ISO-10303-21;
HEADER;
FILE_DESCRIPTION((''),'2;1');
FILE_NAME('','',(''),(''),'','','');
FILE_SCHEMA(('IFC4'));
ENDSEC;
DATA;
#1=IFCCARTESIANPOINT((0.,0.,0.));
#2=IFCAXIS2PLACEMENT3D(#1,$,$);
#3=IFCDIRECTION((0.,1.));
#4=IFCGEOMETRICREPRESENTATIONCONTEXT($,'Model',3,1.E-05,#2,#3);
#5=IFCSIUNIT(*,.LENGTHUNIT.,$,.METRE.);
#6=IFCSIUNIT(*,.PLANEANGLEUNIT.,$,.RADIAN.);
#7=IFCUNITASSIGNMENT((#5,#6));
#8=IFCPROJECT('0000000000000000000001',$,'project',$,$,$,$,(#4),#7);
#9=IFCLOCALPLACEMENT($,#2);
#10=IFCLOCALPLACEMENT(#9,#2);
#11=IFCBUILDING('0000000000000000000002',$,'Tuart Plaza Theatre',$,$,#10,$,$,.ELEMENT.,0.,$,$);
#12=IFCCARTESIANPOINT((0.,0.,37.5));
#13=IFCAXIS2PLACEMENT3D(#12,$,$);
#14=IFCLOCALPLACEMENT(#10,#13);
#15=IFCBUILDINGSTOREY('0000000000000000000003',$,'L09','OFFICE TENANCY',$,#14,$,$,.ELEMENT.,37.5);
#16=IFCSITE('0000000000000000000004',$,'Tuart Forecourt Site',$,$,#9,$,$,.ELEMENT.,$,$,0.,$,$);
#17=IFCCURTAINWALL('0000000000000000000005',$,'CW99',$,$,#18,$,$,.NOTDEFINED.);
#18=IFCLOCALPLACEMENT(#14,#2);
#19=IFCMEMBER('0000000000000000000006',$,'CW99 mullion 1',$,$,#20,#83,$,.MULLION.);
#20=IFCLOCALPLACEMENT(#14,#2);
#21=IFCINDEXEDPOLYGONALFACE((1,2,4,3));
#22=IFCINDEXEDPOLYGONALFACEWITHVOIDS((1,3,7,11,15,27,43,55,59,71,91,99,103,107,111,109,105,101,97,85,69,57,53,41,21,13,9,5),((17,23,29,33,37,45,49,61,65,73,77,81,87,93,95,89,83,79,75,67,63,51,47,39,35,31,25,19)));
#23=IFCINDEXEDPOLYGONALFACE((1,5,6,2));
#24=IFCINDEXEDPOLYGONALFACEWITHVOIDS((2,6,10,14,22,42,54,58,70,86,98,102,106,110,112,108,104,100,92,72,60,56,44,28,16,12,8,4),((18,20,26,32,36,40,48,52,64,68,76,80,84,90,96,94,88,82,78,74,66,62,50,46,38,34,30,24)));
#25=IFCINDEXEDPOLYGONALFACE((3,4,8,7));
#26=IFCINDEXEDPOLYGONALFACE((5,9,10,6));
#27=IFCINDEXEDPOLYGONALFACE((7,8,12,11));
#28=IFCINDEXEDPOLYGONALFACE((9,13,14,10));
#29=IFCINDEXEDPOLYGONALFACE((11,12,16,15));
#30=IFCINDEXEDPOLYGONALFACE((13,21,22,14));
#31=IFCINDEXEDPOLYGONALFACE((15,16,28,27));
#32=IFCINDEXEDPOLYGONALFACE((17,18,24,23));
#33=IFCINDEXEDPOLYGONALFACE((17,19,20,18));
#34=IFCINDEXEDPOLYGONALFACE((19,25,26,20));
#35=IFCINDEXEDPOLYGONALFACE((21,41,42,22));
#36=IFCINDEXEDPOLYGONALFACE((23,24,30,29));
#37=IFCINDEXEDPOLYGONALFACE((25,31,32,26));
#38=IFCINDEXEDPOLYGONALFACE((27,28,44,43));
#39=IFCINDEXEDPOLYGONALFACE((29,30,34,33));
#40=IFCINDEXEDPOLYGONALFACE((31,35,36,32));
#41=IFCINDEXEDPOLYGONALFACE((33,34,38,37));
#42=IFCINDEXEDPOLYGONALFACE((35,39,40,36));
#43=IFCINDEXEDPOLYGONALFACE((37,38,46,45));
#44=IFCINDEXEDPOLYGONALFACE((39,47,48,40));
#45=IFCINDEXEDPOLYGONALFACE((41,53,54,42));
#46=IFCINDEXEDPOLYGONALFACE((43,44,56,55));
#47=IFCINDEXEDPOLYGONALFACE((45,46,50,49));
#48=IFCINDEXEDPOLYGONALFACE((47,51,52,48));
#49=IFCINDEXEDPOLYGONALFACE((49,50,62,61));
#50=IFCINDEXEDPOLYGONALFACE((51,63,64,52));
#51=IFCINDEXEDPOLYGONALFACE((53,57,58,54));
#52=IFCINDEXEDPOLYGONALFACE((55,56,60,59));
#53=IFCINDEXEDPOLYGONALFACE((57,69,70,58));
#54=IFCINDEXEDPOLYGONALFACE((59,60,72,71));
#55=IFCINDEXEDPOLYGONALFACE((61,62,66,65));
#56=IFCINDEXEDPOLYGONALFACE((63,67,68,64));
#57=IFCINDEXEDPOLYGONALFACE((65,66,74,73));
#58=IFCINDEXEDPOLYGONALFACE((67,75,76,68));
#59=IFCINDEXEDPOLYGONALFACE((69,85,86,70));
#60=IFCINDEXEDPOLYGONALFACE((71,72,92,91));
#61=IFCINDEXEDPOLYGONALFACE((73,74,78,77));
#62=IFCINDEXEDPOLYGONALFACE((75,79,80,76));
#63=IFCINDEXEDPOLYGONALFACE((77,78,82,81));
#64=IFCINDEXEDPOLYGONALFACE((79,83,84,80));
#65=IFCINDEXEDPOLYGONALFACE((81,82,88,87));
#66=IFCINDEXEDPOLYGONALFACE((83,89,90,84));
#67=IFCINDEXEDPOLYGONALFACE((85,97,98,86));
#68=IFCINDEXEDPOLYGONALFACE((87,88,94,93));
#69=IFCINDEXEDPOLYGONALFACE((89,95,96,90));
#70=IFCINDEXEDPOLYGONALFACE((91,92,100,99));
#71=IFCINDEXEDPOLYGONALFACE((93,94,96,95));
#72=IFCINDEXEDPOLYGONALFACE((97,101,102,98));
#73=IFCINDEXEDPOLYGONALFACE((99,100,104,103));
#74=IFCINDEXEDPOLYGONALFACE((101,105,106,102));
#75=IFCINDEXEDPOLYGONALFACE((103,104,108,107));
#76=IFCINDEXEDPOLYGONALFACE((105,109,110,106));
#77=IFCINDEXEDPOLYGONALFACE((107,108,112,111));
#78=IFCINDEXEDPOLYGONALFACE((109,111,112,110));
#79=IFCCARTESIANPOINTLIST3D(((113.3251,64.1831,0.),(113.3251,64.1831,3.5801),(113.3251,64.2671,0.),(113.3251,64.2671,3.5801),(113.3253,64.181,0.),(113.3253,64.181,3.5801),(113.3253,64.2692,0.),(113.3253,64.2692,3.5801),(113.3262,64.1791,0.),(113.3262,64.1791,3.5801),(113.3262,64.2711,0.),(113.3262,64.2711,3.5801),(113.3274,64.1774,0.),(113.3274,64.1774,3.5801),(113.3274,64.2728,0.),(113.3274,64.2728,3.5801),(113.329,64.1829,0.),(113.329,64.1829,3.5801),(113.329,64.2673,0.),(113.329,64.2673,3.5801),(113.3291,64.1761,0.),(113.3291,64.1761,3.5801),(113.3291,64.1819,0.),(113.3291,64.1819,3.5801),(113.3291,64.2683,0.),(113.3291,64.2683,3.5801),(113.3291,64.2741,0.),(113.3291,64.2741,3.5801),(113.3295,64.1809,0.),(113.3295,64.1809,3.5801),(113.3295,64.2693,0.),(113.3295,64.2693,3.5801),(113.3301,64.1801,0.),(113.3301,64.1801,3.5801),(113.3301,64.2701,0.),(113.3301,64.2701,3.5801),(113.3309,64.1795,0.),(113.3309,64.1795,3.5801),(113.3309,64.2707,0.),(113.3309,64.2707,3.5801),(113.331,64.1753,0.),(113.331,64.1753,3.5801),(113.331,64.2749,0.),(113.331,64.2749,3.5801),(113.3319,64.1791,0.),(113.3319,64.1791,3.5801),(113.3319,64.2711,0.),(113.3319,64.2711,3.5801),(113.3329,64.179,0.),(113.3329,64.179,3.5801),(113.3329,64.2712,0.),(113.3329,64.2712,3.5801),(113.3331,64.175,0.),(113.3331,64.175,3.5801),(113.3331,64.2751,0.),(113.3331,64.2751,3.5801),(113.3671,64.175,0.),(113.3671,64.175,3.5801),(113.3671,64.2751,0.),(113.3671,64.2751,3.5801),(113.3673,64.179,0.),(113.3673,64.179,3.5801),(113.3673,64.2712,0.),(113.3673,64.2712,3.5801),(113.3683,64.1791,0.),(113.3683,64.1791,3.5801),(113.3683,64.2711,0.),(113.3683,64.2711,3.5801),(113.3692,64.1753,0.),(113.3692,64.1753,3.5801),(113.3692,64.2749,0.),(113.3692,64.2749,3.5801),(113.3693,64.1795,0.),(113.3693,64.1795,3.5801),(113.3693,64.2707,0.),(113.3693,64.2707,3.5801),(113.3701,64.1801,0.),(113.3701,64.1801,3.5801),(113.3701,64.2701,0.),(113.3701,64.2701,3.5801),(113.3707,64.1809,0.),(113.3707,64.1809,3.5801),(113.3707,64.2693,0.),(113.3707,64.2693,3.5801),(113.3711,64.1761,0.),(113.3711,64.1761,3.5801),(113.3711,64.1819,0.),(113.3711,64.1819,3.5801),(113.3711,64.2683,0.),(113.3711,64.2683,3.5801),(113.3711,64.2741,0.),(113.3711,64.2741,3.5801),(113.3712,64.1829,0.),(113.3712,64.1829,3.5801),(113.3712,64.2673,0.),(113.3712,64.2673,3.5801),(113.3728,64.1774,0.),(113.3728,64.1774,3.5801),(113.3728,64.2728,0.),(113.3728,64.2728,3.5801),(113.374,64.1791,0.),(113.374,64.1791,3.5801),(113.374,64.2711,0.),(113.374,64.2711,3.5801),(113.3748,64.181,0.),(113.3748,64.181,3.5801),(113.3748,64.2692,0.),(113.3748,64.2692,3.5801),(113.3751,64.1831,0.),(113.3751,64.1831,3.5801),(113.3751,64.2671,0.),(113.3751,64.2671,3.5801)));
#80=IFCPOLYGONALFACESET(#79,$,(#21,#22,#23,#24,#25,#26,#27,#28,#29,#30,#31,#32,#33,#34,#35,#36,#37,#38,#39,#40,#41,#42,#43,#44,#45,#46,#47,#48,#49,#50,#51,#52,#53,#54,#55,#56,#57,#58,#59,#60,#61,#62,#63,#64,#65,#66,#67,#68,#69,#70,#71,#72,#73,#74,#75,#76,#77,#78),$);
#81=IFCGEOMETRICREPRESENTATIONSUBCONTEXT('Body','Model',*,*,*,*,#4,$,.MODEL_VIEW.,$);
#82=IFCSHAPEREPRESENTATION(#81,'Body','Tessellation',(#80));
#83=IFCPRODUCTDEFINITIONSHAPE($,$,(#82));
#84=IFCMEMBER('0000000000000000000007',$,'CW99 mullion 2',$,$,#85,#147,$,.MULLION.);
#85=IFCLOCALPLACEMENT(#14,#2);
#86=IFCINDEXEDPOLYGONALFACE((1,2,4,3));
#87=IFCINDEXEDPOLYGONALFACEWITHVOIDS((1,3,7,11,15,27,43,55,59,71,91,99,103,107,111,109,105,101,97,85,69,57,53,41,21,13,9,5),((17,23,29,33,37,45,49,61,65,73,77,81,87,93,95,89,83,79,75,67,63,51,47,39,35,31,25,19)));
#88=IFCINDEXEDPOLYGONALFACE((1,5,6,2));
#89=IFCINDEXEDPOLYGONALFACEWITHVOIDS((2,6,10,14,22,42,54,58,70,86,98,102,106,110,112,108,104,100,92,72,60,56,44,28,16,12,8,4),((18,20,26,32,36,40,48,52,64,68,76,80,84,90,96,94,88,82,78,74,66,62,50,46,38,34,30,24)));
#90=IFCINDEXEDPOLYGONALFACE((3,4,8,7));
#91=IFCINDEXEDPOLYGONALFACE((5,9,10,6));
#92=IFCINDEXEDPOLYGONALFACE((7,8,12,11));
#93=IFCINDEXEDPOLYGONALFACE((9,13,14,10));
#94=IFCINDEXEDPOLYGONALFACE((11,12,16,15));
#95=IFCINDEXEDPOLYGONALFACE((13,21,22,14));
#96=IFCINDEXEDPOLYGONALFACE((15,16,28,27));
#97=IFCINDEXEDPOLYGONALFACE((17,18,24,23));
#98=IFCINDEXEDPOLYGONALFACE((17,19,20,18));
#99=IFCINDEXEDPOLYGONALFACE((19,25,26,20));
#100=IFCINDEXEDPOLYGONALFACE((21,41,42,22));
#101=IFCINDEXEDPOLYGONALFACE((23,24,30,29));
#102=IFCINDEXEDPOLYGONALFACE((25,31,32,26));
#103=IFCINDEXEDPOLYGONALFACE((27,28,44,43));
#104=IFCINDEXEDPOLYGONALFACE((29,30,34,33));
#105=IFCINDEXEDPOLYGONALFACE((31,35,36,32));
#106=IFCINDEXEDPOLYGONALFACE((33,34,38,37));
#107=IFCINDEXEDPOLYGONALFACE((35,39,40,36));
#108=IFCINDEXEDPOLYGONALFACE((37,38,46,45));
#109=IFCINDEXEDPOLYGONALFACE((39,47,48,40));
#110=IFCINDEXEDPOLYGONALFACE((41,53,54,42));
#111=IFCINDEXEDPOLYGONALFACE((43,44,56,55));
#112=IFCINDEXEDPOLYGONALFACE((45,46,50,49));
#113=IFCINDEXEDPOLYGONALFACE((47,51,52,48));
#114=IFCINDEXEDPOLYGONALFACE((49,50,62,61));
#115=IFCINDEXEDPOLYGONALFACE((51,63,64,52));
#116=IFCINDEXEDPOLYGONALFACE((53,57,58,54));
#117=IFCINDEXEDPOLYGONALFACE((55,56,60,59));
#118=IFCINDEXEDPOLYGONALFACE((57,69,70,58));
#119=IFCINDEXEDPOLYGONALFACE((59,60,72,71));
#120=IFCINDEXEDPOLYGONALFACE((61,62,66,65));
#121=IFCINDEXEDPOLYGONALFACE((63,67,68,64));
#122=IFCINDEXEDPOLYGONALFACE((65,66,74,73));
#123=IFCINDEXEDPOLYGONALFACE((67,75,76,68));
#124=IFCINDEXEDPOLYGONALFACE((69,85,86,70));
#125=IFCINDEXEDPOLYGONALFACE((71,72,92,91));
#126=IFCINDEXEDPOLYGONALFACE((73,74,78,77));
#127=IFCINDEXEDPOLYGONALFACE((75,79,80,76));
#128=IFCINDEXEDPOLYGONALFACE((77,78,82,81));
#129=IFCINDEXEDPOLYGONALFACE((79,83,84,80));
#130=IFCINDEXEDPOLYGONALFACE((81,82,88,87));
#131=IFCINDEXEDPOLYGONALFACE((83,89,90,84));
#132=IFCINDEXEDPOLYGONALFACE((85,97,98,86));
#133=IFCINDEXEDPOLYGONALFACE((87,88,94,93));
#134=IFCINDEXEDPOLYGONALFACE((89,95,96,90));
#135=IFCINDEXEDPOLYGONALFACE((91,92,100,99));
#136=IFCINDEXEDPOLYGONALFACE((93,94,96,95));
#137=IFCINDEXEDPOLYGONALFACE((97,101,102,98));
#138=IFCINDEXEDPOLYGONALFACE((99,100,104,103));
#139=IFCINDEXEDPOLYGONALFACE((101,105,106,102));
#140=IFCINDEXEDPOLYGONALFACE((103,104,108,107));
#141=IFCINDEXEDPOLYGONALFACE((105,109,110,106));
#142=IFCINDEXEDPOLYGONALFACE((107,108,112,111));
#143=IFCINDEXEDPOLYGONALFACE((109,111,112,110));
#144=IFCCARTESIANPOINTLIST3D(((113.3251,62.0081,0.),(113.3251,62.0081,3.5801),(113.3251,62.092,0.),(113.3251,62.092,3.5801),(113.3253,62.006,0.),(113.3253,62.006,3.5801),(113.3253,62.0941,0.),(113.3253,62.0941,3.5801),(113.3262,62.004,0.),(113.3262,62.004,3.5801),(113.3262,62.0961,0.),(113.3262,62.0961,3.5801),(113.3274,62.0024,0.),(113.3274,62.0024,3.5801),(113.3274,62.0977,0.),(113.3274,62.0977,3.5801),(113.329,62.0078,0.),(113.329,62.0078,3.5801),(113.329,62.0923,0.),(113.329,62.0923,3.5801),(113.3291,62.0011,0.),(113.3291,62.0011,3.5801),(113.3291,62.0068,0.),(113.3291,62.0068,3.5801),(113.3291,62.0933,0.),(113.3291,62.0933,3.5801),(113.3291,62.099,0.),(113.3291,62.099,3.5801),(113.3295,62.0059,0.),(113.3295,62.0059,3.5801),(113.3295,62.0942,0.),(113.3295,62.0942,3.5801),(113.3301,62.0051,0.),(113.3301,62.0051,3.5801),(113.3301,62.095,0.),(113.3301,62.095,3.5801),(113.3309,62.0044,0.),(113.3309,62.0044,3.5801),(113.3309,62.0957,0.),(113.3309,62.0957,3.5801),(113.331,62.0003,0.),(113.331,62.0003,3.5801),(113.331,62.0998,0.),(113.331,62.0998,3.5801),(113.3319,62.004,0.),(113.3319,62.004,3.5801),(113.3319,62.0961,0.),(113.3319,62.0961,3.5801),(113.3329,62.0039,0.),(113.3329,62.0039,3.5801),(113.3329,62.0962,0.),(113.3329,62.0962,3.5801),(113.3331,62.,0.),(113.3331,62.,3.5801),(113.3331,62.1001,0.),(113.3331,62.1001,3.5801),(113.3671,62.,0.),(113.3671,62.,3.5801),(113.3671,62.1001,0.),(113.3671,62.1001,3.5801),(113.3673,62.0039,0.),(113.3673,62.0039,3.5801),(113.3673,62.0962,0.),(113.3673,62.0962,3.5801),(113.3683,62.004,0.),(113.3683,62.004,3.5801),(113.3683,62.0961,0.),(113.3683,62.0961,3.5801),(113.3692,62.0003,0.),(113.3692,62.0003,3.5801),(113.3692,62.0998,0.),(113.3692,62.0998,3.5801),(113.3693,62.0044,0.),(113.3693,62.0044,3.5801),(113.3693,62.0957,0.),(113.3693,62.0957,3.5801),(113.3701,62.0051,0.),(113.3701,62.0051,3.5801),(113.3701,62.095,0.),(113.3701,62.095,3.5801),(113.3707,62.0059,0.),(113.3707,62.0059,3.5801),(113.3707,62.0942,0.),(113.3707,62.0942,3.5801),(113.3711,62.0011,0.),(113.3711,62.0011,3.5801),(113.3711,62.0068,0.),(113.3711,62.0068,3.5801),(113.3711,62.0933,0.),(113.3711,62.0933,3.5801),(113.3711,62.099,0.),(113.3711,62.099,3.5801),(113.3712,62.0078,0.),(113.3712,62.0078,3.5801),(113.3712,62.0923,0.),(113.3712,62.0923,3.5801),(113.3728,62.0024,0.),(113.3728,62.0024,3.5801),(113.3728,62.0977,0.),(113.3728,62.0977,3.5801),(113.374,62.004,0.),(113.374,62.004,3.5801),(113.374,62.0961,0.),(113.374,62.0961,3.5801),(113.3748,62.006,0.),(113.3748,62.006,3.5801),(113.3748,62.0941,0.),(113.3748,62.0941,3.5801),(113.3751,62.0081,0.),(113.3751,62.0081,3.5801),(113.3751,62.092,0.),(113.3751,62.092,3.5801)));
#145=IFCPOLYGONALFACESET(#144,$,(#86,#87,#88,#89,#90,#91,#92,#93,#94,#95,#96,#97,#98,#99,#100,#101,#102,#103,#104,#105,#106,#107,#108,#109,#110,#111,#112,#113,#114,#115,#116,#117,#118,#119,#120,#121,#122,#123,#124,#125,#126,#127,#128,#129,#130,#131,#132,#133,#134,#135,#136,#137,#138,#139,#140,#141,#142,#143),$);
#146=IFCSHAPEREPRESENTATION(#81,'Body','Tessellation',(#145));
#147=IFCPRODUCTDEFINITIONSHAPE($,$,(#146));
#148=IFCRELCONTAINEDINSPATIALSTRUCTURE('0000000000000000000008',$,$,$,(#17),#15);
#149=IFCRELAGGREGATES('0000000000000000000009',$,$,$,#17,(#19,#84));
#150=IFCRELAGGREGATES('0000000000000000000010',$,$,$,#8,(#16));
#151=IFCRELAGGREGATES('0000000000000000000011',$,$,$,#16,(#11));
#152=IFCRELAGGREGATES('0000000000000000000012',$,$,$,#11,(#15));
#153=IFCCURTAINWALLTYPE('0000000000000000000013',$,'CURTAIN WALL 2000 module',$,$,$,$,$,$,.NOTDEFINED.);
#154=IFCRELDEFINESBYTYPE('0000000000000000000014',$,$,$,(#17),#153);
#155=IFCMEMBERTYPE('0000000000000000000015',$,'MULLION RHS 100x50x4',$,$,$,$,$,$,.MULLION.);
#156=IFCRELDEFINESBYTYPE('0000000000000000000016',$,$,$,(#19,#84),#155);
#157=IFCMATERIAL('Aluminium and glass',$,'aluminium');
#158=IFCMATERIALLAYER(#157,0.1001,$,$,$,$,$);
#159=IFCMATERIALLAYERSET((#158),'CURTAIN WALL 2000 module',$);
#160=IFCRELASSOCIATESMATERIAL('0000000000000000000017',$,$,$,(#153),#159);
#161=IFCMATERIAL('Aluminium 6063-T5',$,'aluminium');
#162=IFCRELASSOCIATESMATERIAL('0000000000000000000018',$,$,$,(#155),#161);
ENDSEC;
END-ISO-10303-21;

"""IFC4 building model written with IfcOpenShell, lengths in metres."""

from ifc_helpers import new_model, si_unit, direction, frame, origin, origin_2d, place, context, subcontext, project, spatial, hollow_rectangle, extrude, material, layer, layer_set, material_profile, profile_set, type_object, element, aggregate, save


model = new_model("IFC4")

# Units and contexts
model_context = context("Model", 3, precision=1e-05, world=origin(), true_north=direction((0.0, 1.0)))
body_context = subcontext(model_context, "Body", "Model", "MODEL_VIEW")
ifc_project = project(units=[si_unit("LENGTHUNIT", "METRE"), si_unit("PLANEANGLEUNIT", "RADIAN")], contexts=[model_context])

# Site, building, storey
site_placement = place(None, origin())
site = spatial("IfcSite", under=ifc_project, at=site_placement, Name="Tuart Forecourt Site", CompositionType="ELEMENT", RefElevation=0.0)
building_placement = place(site_placement, origin())
building = spatial("IfcBuilding", under=site, at=building_placement, Name="Tuart Plaza Theatre", CompositionType="ELEMENT", ElevationOfRefHeight=0.0)
storey_placement = place(building_placement, frame((0.0, 0.0, 37.5)))
storey = spatial("IfcBuildingStorey", under=building, at=storey_placement, Name="L09", Description="OFFICE TENANCY", CompositionType="ELEMENT", Elevation=37.5)

# Shared definitions
ifc_material_1 = material(Name="Aluminium and glass", Category="aluminium")
ifc_layer_1 = layer(ifc_material_1, 0.1001)
ifc_layer_set_1 = layer_set([ifc_layer_1], Name="CURTAIN WALL 2000 module")
curtain_wall_type = type_object("IfcCurtainWallType", Name="CURTAIN WALL 2000 module", PredefinedType="NOTDEFINED", material=ifc_layer_set_1)
ifc_material_2 = material(Name="Aluminium 6063-T5", Category="aluminium")
ifc_material_profile_1 = material_profile(ifc_material_2, hollow_rectangle(XDim=0.05, YDim=0.1001, WallThickness=0.0039, InnerFilletRadius=0.0039, OuterFilletRadius=0.0081, at=origin_2d()), Name="RHS 100x50x4")
ifc_profile_set_1 = profile_set([ifc_material_profile_1], Name="Aluminium 6063-T5")
member_type_1 = type_object("IfcMemberType", Name="MULLION RHS 100x50x4", PredefinedType="MULLION", material=ifc_profile_set_1)

# Curtain wall, members
curtain_wall_1_placement = place(storey_placement, origin())
curtain_wall_1 = element("IfcCurtainWall", 1, at=curtain_wall_1_placement, inside=storey, type_object=curtain_wall_type, Name="CW99", PredefinedType="NOTDEFINED")
member_1_placement = place(storey_placement, frame((113.3501, 64.2251, 0.0), z_axis=(0.0, 0.0, 1.0), x_axis=(1.0, 0.0, 0.0)))
member_1 = element("IfcMember", 2, at=member_1_placement, type_object=member_type_1, Name="CW99 mullion 1", PredefinedType="MULLION", context=body_context, shape_type="SweptSolid", body=[
    extrude(hollow_rectangle(XDim=0.05, YDim=0.1001, WallThickness=0.0039, InnerFilletRadius=0.0039, OuterFilletRadius=0.0081, at=origin_2d()), origin(), (0.0, 0.0, 1.0), 3.5801),
])
member_2_placement = place(storey_placement, frame((113.3501, 62.05, 0.0), z_axis=(0.0, 0.0, 1.0), x_axis=(1.0, 0.0, 0.0)))
member_2 = element("IfcMember", 3, at=member_2_placement, type_object=member_type_1, Name="CW99 mullion 2", PredefinedType="MULLION", context=body_context, shape_type="SweptSolid", body=[
    extrude(hollow_rectangle(XDim=0.05, YDim=0.1001, WallThickness=0.0039, InnerFilletRadius=0.0039, OuterFilletRadius=0.0081, at=origin_2d()), origin(), (0.0, 0.0, 1.0), 3.5801),
])

aggregate(curtain_wall_1, [member_1, member_2])

save(model, "model.ifc")
